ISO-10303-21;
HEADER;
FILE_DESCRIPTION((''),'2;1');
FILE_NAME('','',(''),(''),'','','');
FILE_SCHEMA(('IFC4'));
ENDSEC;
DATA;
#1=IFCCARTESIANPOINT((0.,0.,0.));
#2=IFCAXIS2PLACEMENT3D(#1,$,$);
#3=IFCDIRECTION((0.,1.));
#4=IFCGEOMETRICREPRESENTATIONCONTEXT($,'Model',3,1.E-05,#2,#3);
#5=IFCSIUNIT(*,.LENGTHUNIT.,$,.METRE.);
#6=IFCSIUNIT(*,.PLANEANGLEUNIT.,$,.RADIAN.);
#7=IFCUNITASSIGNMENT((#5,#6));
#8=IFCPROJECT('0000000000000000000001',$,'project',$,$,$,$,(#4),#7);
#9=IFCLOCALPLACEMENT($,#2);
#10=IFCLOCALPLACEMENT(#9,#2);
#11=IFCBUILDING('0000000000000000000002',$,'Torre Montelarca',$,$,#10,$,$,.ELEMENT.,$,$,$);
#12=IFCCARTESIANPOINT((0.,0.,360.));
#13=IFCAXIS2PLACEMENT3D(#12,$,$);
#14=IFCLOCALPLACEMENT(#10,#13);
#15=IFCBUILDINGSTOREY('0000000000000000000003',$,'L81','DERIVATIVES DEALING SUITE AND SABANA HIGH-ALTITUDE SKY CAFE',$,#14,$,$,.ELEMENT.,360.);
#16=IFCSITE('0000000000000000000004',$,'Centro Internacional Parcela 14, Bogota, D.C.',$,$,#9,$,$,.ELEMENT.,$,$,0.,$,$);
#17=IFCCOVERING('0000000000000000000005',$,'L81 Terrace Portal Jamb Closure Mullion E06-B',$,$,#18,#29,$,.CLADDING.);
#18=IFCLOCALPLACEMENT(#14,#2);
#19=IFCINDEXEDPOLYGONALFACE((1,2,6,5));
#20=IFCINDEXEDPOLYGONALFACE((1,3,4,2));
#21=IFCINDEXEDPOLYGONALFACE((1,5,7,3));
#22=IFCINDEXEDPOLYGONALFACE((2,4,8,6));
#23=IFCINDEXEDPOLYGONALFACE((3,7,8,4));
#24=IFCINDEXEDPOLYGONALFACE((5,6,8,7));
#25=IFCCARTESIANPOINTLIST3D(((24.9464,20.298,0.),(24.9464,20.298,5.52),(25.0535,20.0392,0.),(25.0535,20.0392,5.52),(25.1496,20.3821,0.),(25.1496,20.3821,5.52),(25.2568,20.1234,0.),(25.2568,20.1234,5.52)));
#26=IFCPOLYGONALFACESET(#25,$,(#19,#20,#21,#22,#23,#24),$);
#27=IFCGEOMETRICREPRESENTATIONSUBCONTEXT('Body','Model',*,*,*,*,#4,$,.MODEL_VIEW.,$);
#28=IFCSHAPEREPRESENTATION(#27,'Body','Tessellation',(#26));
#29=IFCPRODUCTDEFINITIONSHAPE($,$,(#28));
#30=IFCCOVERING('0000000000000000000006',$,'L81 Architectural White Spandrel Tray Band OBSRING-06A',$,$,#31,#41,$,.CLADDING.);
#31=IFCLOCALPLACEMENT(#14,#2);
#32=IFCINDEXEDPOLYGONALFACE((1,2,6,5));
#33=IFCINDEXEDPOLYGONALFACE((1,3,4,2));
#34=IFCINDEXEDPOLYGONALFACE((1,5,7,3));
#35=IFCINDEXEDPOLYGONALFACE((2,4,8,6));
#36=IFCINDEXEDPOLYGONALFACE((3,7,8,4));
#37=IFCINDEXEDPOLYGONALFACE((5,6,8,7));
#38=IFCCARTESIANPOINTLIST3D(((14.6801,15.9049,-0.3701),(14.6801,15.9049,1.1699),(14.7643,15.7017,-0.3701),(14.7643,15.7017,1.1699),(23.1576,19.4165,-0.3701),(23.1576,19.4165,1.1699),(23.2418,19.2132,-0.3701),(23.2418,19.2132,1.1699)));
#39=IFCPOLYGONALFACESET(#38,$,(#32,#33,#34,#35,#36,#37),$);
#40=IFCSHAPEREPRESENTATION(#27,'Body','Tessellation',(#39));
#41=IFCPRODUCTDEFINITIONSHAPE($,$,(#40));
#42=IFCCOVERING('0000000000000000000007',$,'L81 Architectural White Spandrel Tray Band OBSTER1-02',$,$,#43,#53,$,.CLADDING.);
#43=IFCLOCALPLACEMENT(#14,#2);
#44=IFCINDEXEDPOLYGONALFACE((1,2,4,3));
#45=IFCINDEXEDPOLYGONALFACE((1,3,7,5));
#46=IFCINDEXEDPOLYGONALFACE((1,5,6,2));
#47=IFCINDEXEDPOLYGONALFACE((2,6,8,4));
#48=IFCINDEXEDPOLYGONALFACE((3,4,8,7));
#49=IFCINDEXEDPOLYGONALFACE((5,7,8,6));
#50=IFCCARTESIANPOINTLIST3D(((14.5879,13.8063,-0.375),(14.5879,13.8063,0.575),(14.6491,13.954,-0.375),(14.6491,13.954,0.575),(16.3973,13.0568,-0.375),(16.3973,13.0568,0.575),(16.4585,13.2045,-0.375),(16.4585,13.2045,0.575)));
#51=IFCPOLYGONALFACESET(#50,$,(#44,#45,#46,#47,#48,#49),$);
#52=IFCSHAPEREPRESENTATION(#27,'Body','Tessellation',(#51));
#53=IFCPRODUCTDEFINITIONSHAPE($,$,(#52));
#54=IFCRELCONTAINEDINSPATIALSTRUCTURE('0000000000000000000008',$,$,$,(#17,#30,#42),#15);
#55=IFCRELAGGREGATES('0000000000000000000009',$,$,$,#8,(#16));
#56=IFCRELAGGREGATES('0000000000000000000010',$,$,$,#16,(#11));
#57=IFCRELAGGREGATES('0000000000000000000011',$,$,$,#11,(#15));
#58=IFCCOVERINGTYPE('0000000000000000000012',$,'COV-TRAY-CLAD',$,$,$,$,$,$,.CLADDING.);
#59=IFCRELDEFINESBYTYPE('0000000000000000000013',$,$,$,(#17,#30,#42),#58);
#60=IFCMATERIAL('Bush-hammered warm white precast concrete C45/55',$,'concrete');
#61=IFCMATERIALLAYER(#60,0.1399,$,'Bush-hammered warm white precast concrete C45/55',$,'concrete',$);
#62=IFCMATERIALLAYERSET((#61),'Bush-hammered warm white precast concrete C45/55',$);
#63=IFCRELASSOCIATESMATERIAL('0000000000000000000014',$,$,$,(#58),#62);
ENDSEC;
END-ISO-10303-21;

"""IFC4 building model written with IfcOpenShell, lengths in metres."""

from ifc_helpers import new_model, si_unit, direction, frame, origin, origin_2d, place, context, subcontext, project, spatial, rectangle, extrude, source, transform, mapped, material, layer, layer_set, type_object, element, save


model = new_model("IFC4")

# Units and contexts
model_context = context("Model", 3, precision=1e-05, world=origin(), true_north=direction((0.0, 1.0)))
body_context = subcontext(model_context, "Body", "Model", "MODEL_VIEW")
ifc_project = project(units=[si_unit("LENGTHUNIT", "METRE"), si_unit("PLANEANGLEUNIT", "RADIAN")], contexts=[model_context])

# Site, building, storey
site_placement = place(None, origin())
site = spatial("IfcSite", under=ifc_project, at=site_placement, Name="Centro Internacional Parcela 14, Bogota, D.C.", CompositionType="ELEMENT", RefElevation=0.0)
building_placement = place(site_placement, origin())
building = spatial("IfcBuilding", under=site, at=building_placement, Name="Torre Montelarca", CompositionType="ELEMENT")
storey_placement = place(building_placement, frame((0.0, 0.0, 360.0)))
storey = spatial("IfcBuildingStorey", under=building, at=storey_placement, Name="L81", Description="DERIVATIVES DEALING SUITE AND SABANA HIGH-ALTITUDE SKY CAFE", CompositionType="ELEMENT", Elevation=360.0)

# Coverings
ifc_material_1 = material(Name="Bush-hammered warm white precast concrete C45/55", Category="concrete")
ifc_layer_1 = layer(ifc_material_1, 0.1399, Name="Bush-hammered warm white precast concrete C45/55", Category="concrete")
ifc_layer_set_1 = layer_set([ifc_layer_1], Name="Bush-hammered warm white precast concrete C45/55")
covering_type = type_object("IfcCoveringType", Name="COV-TRAY-CLAD", PredefinedType="CLADDING", material=ifc_layer_set_1)
shared_shape_1 = source(origin(), body_context, "Body", "SweptSolid", [
    extrude(rectangle(XDim=0.22, YDim=0.28, at=origin_2d()), origin(), (0.0, 0.0, 1.0), 5.52),
])
for number, where, z_axis, x_axis, name in (
    (1, (25.1016, 20.2107, 0.0), (0.0, 0.0, 1.0), (0.923878, 0.382687, 0.0), "L81 Terrace Portal Jamb Closure Mullion E06-B"),
):
    element("IfcCovering", number, at=place(storey_placement, frame(where, z_axis=z_axis, x_axis=x_axis)), inside=storey, type_object=covering_type, Name=name, PredefinedType="CLADDING", context=body_context, shape_type="MappedRepresentation", body=[
        mapped(shared_shape_1, transform((0.0, 0.0, 0.0), scale=1.0)),
    ])
shared_shape_2 = source(origin(), body_context, "Body", "SweptSolid", [
    extrude(rectangle(XDim=9.176, YDim=0.22, at=origin_2d()), origin(), (0.0, 0.0, 1.0), 1.54),
])
covering_1_placement = place(storey_placement, frame((18.9609, 17.5591, -0.3701), z_axis=(0.0, 0.0, 1.0), x_axis=(0.923879, 0.382685, 0.0)))
element("IfcCovering", 2, at=covering_1_placement, inside=storey, type_object=covering_type, Name="L81 Architectural White Spandrel Tray Band OBSRING-06A", PredefinedType="CLADDING", context=body_context, shape_type="MappedRepresentation", body=[
    mapped(shared_shape_2, transform((0.0, 0.0, 0.0), scale=1.0)),
])
shared_shape_3 = source(origin(), body_context, "Body", "SweptSolid", [
    extrude(rectangle(XDim=1.9585, YDim=0.1599, at=origin_2d()), origin(), (0.0, 0.0, 1.0), 0.95),
])
covering_2_placement = place(storey_placement, frame((15.5232, 13.5054, -0.375), z_axis=(0.0, 0.0, 1.0), x_axis=(0.923876, -0.382691, 0.0)))
element("IfcCovering", 3, at=covering_2_placement, inside=storey, type_object=covering_type, Name="L81 Architectural White Spandrel Tray Band OBSTER1-02", PredefinedType="CLADDING", context=body_context, shape_type="MappedRepresentation", body=[
    mapped(shared_shape_3, transform((0.0, 0.0, 0.0), scale=1.0)),
])

save(model, "model.ifc")
